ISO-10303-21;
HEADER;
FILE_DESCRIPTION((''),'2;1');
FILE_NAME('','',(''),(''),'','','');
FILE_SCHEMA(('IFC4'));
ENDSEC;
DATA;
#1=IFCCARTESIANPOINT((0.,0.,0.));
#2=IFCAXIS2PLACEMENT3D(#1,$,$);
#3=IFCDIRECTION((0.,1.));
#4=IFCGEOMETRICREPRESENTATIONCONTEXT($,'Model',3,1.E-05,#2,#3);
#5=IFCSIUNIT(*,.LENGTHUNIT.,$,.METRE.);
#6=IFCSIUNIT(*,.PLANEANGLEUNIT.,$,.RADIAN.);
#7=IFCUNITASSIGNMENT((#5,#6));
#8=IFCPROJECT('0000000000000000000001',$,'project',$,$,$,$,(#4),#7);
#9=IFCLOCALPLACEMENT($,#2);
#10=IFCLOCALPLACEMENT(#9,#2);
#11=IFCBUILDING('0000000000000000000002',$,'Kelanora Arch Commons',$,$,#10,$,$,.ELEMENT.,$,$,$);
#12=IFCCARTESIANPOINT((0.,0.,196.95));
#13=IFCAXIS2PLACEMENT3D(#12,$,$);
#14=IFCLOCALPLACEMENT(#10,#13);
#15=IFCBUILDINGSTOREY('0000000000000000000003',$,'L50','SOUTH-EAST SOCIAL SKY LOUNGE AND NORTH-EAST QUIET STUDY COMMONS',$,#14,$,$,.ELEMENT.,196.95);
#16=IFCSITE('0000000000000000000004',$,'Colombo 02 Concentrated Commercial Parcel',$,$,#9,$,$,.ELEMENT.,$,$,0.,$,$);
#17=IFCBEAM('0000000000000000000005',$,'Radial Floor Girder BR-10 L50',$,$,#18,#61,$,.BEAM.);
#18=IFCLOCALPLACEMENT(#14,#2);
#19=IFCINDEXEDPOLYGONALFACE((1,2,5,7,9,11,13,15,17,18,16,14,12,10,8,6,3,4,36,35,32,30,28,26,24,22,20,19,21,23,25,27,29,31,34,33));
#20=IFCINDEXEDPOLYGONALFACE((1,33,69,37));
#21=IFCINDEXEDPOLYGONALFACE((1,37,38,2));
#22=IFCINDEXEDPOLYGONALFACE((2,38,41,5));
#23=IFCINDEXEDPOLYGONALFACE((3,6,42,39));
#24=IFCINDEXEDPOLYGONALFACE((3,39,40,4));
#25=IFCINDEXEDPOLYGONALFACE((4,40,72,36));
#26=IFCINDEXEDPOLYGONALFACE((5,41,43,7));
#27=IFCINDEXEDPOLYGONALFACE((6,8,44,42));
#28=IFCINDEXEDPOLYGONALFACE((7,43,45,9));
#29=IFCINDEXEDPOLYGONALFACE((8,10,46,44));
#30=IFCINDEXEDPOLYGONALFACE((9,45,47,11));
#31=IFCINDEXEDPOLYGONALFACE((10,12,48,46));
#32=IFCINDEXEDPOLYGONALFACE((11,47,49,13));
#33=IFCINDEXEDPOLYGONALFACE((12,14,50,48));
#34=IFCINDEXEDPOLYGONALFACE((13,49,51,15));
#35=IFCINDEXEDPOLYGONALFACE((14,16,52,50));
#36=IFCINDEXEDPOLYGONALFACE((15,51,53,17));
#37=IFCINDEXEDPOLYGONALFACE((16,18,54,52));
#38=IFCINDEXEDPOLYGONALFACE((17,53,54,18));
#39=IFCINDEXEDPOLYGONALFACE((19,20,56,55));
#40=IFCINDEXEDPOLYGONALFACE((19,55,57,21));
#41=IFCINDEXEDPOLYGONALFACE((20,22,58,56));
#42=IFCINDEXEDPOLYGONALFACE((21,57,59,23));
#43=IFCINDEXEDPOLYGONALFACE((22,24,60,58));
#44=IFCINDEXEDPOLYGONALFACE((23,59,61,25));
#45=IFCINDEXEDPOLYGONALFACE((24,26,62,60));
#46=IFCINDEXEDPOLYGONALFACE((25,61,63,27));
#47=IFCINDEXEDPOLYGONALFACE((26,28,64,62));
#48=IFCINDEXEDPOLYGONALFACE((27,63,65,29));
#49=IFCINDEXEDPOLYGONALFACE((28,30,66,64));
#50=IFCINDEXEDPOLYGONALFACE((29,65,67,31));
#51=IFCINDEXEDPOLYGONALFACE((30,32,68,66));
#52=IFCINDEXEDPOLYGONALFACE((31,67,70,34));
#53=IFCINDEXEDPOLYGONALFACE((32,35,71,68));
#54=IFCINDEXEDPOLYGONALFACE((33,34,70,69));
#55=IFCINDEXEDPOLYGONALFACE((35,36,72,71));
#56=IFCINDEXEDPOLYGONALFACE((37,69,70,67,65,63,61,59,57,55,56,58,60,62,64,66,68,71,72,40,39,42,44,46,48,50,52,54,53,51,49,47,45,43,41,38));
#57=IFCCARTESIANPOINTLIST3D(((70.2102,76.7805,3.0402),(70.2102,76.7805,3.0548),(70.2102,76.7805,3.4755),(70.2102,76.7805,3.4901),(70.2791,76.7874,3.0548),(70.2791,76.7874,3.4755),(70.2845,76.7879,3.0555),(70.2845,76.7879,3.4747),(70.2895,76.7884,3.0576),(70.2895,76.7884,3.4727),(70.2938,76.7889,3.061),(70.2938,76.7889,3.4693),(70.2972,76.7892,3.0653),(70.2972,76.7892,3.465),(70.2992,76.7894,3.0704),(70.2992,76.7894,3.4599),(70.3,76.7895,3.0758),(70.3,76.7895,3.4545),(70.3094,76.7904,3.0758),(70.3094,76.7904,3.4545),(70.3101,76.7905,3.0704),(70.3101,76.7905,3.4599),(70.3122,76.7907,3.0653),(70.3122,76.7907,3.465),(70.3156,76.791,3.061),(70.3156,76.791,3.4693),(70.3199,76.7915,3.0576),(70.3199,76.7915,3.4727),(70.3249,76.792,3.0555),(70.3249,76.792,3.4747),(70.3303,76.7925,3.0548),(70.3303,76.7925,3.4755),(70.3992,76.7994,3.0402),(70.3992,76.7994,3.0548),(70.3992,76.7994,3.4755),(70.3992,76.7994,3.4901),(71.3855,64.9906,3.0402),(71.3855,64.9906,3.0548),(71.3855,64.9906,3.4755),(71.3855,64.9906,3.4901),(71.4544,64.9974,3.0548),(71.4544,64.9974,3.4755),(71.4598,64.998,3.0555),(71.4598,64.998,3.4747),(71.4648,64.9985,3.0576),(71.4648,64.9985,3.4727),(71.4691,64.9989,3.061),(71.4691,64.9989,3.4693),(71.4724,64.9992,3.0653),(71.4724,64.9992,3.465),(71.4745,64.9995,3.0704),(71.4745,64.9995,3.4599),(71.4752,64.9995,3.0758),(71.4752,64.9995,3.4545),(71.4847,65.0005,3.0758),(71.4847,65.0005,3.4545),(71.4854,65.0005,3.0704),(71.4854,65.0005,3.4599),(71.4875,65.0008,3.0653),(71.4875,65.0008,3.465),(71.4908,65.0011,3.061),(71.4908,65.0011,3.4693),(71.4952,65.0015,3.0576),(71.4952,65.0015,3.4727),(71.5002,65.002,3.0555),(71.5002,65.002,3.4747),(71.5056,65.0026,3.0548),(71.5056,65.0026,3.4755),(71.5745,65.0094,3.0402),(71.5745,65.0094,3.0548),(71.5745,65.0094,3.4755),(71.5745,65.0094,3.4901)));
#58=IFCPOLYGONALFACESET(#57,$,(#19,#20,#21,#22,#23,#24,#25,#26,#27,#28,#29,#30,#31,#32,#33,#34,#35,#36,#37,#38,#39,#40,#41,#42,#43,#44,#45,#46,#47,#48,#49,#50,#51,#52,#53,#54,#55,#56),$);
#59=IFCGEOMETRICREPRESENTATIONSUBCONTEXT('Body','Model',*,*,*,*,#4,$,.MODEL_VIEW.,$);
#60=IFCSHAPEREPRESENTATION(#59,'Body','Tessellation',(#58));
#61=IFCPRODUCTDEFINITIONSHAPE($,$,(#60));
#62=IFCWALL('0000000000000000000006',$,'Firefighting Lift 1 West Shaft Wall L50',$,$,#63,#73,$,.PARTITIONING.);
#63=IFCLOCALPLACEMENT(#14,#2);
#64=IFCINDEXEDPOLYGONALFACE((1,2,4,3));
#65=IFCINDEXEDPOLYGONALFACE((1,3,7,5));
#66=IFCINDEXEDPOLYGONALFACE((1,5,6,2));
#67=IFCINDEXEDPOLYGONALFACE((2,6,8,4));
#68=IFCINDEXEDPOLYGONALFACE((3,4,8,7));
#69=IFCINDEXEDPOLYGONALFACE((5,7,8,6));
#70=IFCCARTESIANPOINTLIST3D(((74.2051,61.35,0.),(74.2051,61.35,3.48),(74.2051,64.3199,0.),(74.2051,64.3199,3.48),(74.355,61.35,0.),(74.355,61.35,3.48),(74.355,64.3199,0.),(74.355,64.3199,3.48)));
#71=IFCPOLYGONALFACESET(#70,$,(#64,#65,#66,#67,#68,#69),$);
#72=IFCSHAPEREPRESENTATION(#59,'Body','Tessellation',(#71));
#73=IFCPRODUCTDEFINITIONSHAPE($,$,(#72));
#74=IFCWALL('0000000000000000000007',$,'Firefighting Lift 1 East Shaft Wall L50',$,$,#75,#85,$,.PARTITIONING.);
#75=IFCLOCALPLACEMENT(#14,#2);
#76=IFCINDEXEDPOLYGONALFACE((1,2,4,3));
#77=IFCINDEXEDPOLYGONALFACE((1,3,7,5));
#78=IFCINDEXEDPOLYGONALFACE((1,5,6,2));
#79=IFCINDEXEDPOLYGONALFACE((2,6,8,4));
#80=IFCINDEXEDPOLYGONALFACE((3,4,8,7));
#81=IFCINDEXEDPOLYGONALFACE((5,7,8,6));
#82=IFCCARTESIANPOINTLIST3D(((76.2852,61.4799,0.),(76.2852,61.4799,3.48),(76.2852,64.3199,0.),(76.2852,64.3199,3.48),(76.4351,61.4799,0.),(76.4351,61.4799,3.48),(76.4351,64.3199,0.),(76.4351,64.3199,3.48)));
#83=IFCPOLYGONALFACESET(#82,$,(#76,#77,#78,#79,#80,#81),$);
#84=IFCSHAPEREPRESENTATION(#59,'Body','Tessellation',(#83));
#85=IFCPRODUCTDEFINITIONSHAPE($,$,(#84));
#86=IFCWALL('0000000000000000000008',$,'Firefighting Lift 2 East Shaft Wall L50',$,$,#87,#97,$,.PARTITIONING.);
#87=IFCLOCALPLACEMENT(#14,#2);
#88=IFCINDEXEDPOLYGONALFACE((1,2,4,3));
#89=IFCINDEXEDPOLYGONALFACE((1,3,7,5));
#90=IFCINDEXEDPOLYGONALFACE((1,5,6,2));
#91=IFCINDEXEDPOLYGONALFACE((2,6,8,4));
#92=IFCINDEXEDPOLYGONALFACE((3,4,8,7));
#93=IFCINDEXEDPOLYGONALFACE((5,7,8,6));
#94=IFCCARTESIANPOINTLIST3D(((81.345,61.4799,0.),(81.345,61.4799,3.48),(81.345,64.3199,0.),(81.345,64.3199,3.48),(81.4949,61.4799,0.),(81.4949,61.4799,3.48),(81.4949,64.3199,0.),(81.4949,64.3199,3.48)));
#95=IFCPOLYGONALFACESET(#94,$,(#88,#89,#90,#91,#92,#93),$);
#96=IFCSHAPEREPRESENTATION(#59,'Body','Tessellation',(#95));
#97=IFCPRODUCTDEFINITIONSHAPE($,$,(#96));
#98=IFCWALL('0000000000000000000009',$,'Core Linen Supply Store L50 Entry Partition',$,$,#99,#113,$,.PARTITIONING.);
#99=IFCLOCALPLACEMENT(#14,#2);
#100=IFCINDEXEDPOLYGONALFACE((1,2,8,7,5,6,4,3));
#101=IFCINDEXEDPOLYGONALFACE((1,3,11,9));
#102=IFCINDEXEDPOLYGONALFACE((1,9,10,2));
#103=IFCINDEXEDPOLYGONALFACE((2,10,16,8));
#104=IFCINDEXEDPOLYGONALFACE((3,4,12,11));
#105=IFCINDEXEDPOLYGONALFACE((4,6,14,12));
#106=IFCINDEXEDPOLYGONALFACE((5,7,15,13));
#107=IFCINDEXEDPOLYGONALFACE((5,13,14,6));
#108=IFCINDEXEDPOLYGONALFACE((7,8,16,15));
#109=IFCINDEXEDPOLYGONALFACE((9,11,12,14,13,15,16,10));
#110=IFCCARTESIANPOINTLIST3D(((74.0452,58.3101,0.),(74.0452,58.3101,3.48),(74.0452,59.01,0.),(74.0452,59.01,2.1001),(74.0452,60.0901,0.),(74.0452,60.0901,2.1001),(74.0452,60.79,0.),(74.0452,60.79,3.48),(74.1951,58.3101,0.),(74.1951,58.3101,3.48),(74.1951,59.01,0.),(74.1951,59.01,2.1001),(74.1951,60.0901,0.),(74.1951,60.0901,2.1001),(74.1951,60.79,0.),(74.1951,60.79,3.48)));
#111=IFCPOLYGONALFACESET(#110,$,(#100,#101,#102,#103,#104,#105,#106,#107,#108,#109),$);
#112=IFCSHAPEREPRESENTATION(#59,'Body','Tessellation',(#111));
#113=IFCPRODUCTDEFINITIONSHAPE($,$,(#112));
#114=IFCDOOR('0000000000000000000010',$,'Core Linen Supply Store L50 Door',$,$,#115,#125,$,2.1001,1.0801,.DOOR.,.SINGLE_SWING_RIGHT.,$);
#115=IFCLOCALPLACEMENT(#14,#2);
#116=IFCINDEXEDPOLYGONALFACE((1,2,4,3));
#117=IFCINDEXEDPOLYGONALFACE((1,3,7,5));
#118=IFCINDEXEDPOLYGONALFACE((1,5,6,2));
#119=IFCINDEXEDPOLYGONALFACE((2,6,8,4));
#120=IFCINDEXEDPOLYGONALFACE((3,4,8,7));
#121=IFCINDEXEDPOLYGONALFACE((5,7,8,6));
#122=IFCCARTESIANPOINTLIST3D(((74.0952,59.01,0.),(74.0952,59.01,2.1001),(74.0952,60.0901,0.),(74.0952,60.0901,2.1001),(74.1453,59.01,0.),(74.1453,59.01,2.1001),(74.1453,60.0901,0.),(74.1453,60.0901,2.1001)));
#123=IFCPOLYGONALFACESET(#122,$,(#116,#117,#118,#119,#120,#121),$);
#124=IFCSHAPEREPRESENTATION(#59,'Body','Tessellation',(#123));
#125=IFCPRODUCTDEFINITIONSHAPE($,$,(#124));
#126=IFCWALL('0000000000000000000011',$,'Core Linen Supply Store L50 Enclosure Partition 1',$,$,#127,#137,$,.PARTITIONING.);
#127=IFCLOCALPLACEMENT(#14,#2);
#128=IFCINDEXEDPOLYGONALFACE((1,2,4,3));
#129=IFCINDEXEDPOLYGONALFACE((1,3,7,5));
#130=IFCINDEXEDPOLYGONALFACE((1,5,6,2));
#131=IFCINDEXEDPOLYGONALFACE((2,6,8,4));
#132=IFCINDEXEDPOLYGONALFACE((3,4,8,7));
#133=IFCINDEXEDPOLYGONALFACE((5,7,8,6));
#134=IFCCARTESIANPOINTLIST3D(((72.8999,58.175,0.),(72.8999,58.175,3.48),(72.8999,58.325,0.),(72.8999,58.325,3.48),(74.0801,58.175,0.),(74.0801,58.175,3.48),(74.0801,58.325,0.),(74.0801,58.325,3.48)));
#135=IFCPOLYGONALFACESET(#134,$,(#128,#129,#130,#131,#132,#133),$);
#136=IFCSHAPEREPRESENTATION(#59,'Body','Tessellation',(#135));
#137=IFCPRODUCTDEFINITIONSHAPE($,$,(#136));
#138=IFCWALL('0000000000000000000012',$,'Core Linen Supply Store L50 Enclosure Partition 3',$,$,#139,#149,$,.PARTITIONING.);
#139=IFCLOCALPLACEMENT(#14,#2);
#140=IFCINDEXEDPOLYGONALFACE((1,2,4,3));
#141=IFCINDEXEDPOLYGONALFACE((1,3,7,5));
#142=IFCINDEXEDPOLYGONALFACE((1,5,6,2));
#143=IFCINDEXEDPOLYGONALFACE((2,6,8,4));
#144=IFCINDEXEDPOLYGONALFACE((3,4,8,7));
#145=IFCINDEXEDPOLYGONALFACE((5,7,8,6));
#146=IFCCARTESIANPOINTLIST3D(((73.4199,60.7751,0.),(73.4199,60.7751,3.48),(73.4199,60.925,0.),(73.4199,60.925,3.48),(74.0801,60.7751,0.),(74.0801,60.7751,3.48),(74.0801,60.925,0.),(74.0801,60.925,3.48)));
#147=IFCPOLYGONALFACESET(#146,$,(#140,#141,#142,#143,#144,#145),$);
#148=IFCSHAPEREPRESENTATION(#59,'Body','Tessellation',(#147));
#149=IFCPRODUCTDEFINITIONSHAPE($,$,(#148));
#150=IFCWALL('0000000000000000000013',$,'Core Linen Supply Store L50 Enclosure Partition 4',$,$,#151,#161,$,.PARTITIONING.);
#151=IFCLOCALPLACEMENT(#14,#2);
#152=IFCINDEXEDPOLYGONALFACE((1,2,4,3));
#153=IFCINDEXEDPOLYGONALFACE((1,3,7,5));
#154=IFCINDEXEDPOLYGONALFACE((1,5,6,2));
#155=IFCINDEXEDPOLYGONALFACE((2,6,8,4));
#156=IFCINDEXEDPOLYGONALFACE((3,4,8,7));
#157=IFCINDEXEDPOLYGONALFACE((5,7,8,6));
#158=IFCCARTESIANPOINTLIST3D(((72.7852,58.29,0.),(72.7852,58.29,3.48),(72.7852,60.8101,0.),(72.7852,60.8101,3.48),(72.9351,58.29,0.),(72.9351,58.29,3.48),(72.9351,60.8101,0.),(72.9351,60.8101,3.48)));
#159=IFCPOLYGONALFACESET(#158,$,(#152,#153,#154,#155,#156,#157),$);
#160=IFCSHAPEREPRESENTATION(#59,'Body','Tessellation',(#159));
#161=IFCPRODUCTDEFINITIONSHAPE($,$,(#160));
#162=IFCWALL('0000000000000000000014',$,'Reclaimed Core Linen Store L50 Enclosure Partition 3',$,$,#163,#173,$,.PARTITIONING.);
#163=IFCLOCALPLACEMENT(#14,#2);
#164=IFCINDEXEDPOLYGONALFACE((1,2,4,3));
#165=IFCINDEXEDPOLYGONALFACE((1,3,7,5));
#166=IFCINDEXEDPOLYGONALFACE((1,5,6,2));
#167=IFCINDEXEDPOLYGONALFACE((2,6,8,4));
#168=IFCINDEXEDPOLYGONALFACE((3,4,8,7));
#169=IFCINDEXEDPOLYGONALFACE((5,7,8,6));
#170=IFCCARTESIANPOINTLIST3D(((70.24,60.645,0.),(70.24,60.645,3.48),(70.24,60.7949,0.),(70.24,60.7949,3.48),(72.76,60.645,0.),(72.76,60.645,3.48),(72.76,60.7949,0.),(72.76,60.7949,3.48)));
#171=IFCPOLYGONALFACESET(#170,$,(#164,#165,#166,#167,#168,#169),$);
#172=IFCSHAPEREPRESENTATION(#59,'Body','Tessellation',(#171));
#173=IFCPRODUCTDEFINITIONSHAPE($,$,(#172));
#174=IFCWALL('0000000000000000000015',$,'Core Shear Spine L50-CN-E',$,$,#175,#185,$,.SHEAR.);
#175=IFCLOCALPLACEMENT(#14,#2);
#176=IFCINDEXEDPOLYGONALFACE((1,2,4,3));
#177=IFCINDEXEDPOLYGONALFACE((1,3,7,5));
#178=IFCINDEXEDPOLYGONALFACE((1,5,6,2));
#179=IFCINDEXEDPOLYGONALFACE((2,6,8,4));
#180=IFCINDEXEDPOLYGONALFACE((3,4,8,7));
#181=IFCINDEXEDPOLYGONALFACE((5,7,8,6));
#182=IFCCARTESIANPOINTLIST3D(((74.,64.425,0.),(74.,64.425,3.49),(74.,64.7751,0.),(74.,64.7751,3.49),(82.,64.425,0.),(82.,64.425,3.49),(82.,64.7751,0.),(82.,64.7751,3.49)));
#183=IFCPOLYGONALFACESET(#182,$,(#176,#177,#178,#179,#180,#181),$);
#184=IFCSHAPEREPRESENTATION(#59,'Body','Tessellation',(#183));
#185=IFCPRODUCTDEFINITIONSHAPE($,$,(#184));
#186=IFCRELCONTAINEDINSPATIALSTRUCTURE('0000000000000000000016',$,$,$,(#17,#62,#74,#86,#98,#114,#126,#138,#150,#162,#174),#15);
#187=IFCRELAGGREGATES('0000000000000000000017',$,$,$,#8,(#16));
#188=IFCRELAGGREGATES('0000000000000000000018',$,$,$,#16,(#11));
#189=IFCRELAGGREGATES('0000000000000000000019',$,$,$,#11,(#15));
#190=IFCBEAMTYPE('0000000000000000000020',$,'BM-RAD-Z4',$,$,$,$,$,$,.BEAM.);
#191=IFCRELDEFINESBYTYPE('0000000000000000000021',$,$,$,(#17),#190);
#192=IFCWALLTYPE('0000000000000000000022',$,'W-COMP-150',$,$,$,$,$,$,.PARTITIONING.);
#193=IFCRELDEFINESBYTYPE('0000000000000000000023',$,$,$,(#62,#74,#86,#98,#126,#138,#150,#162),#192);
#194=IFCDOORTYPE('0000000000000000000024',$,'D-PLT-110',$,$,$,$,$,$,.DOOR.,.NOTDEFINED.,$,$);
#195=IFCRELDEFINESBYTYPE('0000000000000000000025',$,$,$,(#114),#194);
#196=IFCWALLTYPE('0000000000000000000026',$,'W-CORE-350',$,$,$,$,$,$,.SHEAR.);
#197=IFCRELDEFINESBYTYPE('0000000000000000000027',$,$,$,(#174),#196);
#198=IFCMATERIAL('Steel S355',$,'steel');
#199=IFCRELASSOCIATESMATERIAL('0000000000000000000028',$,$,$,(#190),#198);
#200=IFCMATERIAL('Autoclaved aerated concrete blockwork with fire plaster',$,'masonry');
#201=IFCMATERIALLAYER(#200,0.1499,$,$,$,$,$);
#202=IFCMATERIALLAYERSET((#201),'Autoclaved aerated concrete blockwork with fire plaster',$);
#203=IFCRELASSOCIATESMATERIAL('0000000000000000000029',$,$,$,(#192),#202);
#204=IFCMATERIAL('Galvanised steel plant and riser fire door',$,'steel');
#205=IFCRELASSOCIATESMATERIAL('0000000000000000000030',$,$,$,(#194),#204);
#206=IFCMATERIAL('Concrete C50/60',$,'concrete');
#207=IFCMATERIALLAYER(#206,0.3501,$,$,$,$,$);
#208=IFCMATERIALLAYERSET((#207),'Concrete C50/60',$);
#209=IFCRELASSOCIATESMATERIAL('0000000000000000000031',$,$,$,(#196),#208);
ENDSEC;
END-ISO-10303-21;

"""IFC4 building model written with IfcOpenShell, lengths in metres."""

from ifc_helpers import new_model, si_unit, direction, frame, frame_2d, origin, origin_2d, place, context, subcontext, project, spatial, rectangle, i_section, extrude, material, layer, layer_set, material_profile, profile_set, type_object, element, fill, save


model = new_model("IFC4")

# Units and contexts
model_context = context("Model", 3, precision=1e-05, world=origin(), true_north=direction((0.0, 1.0)))
body_context = subcontext(model_context, "Body", "Model", "MODEL_VIEW")
ifc_project = project(units=[si_unit("LENGTHUNIT", "METRE"), si_unit("PLANEANGLEUNIT", "RADIAN")], contexts=[model_context])

# Site, building, storey
site_placement = place(None, origin())
site = spatial("IfcSite", under=ifc_project, at=site_placement, Name="Colombo 02 Concentrated Commercial Parcel", CompositionType="ELEMENT", RefElevation=0.0)
building_placement = place(site_placement, origin())
building = spatial("IfcBuilding", under=site, at=building_placement, Name="Kelanora Arch Commons", CompositionType="ELEMENT")
storey_placement = place(building_placement, frame((0.0, 0.0, 196.95)))
storey = spatial("IfcBuildingStorey", under=building, at=storey_placement, Name="L50", Description="SOUTH-EAST SOCIAL SKY LOUNGE AND NORTH-EAST QUIET STUDY COMMONS", CompositionType="ELEMENT", Elevation=196.95)

# Beam
ifc_material_1 = material(Name="Steel S355", Category="steel")
ifc_material_profile_1 = material_profile(ifc_material_1, i_section(OverallWidth=0.1899, OverallDepth=0.45, WebThickness=0.0095, FlangeThickness=0.0146, FilletRadius=0.021, at=origin_2d()), Name="IPE450")
ifc_profile_set_1 = profile_set([ifc_material_profile_1], Name="Steel S355")
beam_type_1 = type_object("IfcBeamType", Name="BM-RAD-Z4", PredefinedType="BEAM", material=ifc_profile_set_1)
beam_1_placement = place(storey_placement, frame((71.48, 65.0, 3.2651), z_axis=(-0.099194, 0.995068, 0.0), x_axis=(-0.995068, -0.099194, 0.0)))
element("IfcBeam", 1, at=beam_1_placement, inside=storey, type_object=beam_type_1, Name="Radial Floor Girder BR-10 L50", PredefinedType="BEAM", context=body_context, shape_type="SweptSolid", body=[
    extrude(i_section(OverallWidth=0.1899, OverallDepth=0.45, WebThickness=0.0095, FlangeThickness=0.0146, FilletRadius=0.021, at=origin_2d()), origin(), (0.0, 0.0, 1.0), 11.8484),
])

# Walls
ifc_material_2 = material(Name="Autoclaved aerated concrete blockwork with fire plaster", Category="masonry")
ifc_layer_1 = layer(ifc_material_2, 0.1499)
ifc_layer_set_1 = layer_set([ifc_layer_1], Name="Autoclaved aerated concrete blockwork with fire plaster")
wall_type_1 = type_object("IfcWallType", Name="W-COMP-150", PredefinedType="PARTITIONING", material=ifc_layer_set_1)
wall_1_placement = place(storey_placement, frame((74.28, 61.3501, 0.0), z_axis=(0.0, 0.0, 1.0), x_axis=(0.0, 1.0, 0.0)))
element("IfcWall", 2, at=wall_1_placement, inside=storey, type_object=wall_type_1, Name="Firefighting Lift 1 West Shaft Wall L50", PredefinedType="PARTITIONING", context=body_context, shape_type="SweptSolid", body=[
    extrude(rectangle(XDim=2.97, YDim=0.1499, at=frame_2d((1.4849, 0.0))), origin(), (0.0, 0.0, 1.0), 3.48),
])
for number, where, z_axis, x_axis, name in (
    (3, (76.3601, 61.48, 0.0), (0.0, 0.0, 1.0), (0.0, 1.0, 0.0), "Firefighting Lift 1 East Shaft Wall L50"),
    (4, (81.4199, 61.48, 0.0), (0.0, 0.0, 1.0), (0.0, 1.0, 0.0), "Firefighting Lift 2 East Shaft Wall L50"),
):
    element("IfcWall", number, at=place(storey_placement, frame(where, z_axis=z_axis, x_axis=x_axis)), inside=storey, type_object=wall_type_1, Name=name, PredefinedType="PARTITIONING", context=body_context, shape_type="SweptSolid", body=[
        extrude(rectangle(XDim=2.8401, YDim=0.1499, at=frame_2d((1.4199, 0.0))), origin(), (0.0, 0.0, 1.0), 3.48),
    ])

# Wall, opening, door
wall_2_placement = place(storey_placement, frame((74.1201, 58.3101, 0.0), z_axis=(0.0, 0.0, 1.0), x_axis=(0.0, 1.0, 0.0)))
wall_2 = element("IfcWall", 5, at=wall_2_placement, inside=storey, type_object=wall_type_1, Name="Core Linen Supply Store L50 Entry Partition", PredefinedType="PARTITIONING", context=body_context, shape_type="SweptSolid", body=[
    extrude(rectangle(XDim=2.48, YDim=0.1499, at=frame_2d((1.24, 0.0))), origin(), (0.0, 0.0, 1.0), 3.48),
])
opening_1_placement = place(wall_2_placement, frame((0.7, 0.0, 0.0)))
opening_1 = element("IfcOpeningElement", 6, at=opening_1_placement, cuts=wall_2, PredefinedType="OPENING", context=body_context, shape_type="SweptSolid", body=[
    extrude(rectangle(XDim=1.0801, YDim=2.1001, at=frame_2d((0.54, 1.05))), frame((0.0, 0.085, 0.0), z_axis=(0.0, -1.0, 0.0), x_axis=(1.0, 0.0, 0.0)), (0.0, 0.0, 1.0), 0.1699),
])
ifc_material_3 = material(Name="Galvanised steel plant and riser fire door", Category="steel")
door_type_1 = type_object("IfcDoorType", Name="D-PLT-110", OperationType="NOTDEFINED", PredefinedType="DOOR", material=ifc_material_3)
door_1_placement = place(opening_1_placement, origin())
door_1 = element("IfcDoor", 7, at=door_1_placement, inside=storey, type_object=door_type_1, Name="Core Linen Supply Store L50 Door", OperationType="SINGLE_SWING_RIGHT", OverallHeight=2.1001, OverallWidth=1.0801, PredefinedType="DOOR", context=body_context, shape_type="SweptSolid", body=[
    extrude(rectangle(XDim=1.0801, YDim=2.1001, at=frame_2d((0.54, 1.05))), frame((0.0, 0.0249, 0.0), z_axis=(0.0, -1.0, 0.0), x_axis=(1.0, 0.0, 0.0)), (0.0, 0.0, 1.0), 0.05),
])
fill(opening_1, door_1)

# Walls
wall_3_placement = place(storey_placement, frame((72.8999, 58.25, 0.0), z_axis=(0.0, 0.0, 1.0), x_axis=(1.0, 0.0, 0.0)))
element("IfcWall", 8, at=wall_3_placement, inside=storey, type_object=wall_type_1, Name="Core Linen Supply Store L50 Enclosure Partition 1", PredefinedType="PARTITIONING", context=body_context, shape_type="SweptSolid", body=[
    extrude(rectangle(XDim=1.1802, YDim=0.1499, at=frame_2d((0.5901, 0.0))), origin(), (0.0, 0.0, 1.0), 3.48),
])
wall_4_placement = place(storey_placement, frame((74.0801, 60.8501, 0.0), z_axis=(0.0, 0.0, 1.0), x_axis=(-1.0, 0.0, 0.0)))
element("IfcWall", 9, at=wall_4_placement, inside=storey, type_object=wall_type_1, Name="Core Linen Supply Store L50 Enclosure Partition 3", PredefinedType="PARTITIONING", context=body_context, shape_type="SweptSolid", body=[
    extrude(rectangle(XDim=0.6602, YDim=0.1499, at=frame_2d((0.3301, 0.0))), origin(), (0.0, 0.0, 1.0), 3.48),
])
for number, where, z_axis, x_axis, name in (
    (10, (72.8601, 60.8101, 0.0), (0.0, 0.0, 1.0), (0.0, -1.0, 0.0), "Core Linen Supply Store L50 Enclosure Partition 4"),
    (11, (72.76, 60.72, 0.0), (0.0, 0.0, 1.0), (-1.0, 0.0, 0.0), "Reclaimed Core Linen Store L50 Enclosure Partition 3"),
):
    element("IfcWall", number, at=place(storey_placement, frame(where, z_axis=z_axis, x_axis=x_axis)), inside=storey, type_object=wall_type_1, Name=name, PredefinedType="PARTITIONING", context=body_context, shape_type="SweptSolid", body=[
        extrude(rectangle(XDim=2.52, YDim=0.1499, at=frame_2d((1.26, 0.0))), origin(), (0.0, 0.0, 1.0), 3.48),
    ])
ifc_material_4 = material(Name="Concrete C50/60", Category="concrete")
ifc_layer_2 = layer(ifc_material_4, 0.3501)
ifc_layer_set_2 = layer_set([ifc_layer_2], Name="Concrete C50/60")
wall_type_2 = type_object("IfcWallType", Name="W-CORE-350", PredefinedType="SHEAR", material=ifc_layer_set_2)
wall_5_placement = place(storey_placement, frame((74.0, 64.6001, 0.0), z_axis=(0.0, 0.0, 1.0), x_axis=(1.0, 0.0, 0.0)))
element("IfcWall", 12, at=wall_5_placement, inside=storey, type_object=wall_type_2, Name="Core Shear Spine L50-CN-E", PredefinedType="SHEAR", context=body_context, shape_type="SweptSolid", body=[
    extrude(rectangle(XDim=8.0, YDim=0.3501, at=frame_2d((4.0, 0.0))), origin(), (0.0, 0.0, 1.0), 3.49),
])

save(model, "model.ifc")
